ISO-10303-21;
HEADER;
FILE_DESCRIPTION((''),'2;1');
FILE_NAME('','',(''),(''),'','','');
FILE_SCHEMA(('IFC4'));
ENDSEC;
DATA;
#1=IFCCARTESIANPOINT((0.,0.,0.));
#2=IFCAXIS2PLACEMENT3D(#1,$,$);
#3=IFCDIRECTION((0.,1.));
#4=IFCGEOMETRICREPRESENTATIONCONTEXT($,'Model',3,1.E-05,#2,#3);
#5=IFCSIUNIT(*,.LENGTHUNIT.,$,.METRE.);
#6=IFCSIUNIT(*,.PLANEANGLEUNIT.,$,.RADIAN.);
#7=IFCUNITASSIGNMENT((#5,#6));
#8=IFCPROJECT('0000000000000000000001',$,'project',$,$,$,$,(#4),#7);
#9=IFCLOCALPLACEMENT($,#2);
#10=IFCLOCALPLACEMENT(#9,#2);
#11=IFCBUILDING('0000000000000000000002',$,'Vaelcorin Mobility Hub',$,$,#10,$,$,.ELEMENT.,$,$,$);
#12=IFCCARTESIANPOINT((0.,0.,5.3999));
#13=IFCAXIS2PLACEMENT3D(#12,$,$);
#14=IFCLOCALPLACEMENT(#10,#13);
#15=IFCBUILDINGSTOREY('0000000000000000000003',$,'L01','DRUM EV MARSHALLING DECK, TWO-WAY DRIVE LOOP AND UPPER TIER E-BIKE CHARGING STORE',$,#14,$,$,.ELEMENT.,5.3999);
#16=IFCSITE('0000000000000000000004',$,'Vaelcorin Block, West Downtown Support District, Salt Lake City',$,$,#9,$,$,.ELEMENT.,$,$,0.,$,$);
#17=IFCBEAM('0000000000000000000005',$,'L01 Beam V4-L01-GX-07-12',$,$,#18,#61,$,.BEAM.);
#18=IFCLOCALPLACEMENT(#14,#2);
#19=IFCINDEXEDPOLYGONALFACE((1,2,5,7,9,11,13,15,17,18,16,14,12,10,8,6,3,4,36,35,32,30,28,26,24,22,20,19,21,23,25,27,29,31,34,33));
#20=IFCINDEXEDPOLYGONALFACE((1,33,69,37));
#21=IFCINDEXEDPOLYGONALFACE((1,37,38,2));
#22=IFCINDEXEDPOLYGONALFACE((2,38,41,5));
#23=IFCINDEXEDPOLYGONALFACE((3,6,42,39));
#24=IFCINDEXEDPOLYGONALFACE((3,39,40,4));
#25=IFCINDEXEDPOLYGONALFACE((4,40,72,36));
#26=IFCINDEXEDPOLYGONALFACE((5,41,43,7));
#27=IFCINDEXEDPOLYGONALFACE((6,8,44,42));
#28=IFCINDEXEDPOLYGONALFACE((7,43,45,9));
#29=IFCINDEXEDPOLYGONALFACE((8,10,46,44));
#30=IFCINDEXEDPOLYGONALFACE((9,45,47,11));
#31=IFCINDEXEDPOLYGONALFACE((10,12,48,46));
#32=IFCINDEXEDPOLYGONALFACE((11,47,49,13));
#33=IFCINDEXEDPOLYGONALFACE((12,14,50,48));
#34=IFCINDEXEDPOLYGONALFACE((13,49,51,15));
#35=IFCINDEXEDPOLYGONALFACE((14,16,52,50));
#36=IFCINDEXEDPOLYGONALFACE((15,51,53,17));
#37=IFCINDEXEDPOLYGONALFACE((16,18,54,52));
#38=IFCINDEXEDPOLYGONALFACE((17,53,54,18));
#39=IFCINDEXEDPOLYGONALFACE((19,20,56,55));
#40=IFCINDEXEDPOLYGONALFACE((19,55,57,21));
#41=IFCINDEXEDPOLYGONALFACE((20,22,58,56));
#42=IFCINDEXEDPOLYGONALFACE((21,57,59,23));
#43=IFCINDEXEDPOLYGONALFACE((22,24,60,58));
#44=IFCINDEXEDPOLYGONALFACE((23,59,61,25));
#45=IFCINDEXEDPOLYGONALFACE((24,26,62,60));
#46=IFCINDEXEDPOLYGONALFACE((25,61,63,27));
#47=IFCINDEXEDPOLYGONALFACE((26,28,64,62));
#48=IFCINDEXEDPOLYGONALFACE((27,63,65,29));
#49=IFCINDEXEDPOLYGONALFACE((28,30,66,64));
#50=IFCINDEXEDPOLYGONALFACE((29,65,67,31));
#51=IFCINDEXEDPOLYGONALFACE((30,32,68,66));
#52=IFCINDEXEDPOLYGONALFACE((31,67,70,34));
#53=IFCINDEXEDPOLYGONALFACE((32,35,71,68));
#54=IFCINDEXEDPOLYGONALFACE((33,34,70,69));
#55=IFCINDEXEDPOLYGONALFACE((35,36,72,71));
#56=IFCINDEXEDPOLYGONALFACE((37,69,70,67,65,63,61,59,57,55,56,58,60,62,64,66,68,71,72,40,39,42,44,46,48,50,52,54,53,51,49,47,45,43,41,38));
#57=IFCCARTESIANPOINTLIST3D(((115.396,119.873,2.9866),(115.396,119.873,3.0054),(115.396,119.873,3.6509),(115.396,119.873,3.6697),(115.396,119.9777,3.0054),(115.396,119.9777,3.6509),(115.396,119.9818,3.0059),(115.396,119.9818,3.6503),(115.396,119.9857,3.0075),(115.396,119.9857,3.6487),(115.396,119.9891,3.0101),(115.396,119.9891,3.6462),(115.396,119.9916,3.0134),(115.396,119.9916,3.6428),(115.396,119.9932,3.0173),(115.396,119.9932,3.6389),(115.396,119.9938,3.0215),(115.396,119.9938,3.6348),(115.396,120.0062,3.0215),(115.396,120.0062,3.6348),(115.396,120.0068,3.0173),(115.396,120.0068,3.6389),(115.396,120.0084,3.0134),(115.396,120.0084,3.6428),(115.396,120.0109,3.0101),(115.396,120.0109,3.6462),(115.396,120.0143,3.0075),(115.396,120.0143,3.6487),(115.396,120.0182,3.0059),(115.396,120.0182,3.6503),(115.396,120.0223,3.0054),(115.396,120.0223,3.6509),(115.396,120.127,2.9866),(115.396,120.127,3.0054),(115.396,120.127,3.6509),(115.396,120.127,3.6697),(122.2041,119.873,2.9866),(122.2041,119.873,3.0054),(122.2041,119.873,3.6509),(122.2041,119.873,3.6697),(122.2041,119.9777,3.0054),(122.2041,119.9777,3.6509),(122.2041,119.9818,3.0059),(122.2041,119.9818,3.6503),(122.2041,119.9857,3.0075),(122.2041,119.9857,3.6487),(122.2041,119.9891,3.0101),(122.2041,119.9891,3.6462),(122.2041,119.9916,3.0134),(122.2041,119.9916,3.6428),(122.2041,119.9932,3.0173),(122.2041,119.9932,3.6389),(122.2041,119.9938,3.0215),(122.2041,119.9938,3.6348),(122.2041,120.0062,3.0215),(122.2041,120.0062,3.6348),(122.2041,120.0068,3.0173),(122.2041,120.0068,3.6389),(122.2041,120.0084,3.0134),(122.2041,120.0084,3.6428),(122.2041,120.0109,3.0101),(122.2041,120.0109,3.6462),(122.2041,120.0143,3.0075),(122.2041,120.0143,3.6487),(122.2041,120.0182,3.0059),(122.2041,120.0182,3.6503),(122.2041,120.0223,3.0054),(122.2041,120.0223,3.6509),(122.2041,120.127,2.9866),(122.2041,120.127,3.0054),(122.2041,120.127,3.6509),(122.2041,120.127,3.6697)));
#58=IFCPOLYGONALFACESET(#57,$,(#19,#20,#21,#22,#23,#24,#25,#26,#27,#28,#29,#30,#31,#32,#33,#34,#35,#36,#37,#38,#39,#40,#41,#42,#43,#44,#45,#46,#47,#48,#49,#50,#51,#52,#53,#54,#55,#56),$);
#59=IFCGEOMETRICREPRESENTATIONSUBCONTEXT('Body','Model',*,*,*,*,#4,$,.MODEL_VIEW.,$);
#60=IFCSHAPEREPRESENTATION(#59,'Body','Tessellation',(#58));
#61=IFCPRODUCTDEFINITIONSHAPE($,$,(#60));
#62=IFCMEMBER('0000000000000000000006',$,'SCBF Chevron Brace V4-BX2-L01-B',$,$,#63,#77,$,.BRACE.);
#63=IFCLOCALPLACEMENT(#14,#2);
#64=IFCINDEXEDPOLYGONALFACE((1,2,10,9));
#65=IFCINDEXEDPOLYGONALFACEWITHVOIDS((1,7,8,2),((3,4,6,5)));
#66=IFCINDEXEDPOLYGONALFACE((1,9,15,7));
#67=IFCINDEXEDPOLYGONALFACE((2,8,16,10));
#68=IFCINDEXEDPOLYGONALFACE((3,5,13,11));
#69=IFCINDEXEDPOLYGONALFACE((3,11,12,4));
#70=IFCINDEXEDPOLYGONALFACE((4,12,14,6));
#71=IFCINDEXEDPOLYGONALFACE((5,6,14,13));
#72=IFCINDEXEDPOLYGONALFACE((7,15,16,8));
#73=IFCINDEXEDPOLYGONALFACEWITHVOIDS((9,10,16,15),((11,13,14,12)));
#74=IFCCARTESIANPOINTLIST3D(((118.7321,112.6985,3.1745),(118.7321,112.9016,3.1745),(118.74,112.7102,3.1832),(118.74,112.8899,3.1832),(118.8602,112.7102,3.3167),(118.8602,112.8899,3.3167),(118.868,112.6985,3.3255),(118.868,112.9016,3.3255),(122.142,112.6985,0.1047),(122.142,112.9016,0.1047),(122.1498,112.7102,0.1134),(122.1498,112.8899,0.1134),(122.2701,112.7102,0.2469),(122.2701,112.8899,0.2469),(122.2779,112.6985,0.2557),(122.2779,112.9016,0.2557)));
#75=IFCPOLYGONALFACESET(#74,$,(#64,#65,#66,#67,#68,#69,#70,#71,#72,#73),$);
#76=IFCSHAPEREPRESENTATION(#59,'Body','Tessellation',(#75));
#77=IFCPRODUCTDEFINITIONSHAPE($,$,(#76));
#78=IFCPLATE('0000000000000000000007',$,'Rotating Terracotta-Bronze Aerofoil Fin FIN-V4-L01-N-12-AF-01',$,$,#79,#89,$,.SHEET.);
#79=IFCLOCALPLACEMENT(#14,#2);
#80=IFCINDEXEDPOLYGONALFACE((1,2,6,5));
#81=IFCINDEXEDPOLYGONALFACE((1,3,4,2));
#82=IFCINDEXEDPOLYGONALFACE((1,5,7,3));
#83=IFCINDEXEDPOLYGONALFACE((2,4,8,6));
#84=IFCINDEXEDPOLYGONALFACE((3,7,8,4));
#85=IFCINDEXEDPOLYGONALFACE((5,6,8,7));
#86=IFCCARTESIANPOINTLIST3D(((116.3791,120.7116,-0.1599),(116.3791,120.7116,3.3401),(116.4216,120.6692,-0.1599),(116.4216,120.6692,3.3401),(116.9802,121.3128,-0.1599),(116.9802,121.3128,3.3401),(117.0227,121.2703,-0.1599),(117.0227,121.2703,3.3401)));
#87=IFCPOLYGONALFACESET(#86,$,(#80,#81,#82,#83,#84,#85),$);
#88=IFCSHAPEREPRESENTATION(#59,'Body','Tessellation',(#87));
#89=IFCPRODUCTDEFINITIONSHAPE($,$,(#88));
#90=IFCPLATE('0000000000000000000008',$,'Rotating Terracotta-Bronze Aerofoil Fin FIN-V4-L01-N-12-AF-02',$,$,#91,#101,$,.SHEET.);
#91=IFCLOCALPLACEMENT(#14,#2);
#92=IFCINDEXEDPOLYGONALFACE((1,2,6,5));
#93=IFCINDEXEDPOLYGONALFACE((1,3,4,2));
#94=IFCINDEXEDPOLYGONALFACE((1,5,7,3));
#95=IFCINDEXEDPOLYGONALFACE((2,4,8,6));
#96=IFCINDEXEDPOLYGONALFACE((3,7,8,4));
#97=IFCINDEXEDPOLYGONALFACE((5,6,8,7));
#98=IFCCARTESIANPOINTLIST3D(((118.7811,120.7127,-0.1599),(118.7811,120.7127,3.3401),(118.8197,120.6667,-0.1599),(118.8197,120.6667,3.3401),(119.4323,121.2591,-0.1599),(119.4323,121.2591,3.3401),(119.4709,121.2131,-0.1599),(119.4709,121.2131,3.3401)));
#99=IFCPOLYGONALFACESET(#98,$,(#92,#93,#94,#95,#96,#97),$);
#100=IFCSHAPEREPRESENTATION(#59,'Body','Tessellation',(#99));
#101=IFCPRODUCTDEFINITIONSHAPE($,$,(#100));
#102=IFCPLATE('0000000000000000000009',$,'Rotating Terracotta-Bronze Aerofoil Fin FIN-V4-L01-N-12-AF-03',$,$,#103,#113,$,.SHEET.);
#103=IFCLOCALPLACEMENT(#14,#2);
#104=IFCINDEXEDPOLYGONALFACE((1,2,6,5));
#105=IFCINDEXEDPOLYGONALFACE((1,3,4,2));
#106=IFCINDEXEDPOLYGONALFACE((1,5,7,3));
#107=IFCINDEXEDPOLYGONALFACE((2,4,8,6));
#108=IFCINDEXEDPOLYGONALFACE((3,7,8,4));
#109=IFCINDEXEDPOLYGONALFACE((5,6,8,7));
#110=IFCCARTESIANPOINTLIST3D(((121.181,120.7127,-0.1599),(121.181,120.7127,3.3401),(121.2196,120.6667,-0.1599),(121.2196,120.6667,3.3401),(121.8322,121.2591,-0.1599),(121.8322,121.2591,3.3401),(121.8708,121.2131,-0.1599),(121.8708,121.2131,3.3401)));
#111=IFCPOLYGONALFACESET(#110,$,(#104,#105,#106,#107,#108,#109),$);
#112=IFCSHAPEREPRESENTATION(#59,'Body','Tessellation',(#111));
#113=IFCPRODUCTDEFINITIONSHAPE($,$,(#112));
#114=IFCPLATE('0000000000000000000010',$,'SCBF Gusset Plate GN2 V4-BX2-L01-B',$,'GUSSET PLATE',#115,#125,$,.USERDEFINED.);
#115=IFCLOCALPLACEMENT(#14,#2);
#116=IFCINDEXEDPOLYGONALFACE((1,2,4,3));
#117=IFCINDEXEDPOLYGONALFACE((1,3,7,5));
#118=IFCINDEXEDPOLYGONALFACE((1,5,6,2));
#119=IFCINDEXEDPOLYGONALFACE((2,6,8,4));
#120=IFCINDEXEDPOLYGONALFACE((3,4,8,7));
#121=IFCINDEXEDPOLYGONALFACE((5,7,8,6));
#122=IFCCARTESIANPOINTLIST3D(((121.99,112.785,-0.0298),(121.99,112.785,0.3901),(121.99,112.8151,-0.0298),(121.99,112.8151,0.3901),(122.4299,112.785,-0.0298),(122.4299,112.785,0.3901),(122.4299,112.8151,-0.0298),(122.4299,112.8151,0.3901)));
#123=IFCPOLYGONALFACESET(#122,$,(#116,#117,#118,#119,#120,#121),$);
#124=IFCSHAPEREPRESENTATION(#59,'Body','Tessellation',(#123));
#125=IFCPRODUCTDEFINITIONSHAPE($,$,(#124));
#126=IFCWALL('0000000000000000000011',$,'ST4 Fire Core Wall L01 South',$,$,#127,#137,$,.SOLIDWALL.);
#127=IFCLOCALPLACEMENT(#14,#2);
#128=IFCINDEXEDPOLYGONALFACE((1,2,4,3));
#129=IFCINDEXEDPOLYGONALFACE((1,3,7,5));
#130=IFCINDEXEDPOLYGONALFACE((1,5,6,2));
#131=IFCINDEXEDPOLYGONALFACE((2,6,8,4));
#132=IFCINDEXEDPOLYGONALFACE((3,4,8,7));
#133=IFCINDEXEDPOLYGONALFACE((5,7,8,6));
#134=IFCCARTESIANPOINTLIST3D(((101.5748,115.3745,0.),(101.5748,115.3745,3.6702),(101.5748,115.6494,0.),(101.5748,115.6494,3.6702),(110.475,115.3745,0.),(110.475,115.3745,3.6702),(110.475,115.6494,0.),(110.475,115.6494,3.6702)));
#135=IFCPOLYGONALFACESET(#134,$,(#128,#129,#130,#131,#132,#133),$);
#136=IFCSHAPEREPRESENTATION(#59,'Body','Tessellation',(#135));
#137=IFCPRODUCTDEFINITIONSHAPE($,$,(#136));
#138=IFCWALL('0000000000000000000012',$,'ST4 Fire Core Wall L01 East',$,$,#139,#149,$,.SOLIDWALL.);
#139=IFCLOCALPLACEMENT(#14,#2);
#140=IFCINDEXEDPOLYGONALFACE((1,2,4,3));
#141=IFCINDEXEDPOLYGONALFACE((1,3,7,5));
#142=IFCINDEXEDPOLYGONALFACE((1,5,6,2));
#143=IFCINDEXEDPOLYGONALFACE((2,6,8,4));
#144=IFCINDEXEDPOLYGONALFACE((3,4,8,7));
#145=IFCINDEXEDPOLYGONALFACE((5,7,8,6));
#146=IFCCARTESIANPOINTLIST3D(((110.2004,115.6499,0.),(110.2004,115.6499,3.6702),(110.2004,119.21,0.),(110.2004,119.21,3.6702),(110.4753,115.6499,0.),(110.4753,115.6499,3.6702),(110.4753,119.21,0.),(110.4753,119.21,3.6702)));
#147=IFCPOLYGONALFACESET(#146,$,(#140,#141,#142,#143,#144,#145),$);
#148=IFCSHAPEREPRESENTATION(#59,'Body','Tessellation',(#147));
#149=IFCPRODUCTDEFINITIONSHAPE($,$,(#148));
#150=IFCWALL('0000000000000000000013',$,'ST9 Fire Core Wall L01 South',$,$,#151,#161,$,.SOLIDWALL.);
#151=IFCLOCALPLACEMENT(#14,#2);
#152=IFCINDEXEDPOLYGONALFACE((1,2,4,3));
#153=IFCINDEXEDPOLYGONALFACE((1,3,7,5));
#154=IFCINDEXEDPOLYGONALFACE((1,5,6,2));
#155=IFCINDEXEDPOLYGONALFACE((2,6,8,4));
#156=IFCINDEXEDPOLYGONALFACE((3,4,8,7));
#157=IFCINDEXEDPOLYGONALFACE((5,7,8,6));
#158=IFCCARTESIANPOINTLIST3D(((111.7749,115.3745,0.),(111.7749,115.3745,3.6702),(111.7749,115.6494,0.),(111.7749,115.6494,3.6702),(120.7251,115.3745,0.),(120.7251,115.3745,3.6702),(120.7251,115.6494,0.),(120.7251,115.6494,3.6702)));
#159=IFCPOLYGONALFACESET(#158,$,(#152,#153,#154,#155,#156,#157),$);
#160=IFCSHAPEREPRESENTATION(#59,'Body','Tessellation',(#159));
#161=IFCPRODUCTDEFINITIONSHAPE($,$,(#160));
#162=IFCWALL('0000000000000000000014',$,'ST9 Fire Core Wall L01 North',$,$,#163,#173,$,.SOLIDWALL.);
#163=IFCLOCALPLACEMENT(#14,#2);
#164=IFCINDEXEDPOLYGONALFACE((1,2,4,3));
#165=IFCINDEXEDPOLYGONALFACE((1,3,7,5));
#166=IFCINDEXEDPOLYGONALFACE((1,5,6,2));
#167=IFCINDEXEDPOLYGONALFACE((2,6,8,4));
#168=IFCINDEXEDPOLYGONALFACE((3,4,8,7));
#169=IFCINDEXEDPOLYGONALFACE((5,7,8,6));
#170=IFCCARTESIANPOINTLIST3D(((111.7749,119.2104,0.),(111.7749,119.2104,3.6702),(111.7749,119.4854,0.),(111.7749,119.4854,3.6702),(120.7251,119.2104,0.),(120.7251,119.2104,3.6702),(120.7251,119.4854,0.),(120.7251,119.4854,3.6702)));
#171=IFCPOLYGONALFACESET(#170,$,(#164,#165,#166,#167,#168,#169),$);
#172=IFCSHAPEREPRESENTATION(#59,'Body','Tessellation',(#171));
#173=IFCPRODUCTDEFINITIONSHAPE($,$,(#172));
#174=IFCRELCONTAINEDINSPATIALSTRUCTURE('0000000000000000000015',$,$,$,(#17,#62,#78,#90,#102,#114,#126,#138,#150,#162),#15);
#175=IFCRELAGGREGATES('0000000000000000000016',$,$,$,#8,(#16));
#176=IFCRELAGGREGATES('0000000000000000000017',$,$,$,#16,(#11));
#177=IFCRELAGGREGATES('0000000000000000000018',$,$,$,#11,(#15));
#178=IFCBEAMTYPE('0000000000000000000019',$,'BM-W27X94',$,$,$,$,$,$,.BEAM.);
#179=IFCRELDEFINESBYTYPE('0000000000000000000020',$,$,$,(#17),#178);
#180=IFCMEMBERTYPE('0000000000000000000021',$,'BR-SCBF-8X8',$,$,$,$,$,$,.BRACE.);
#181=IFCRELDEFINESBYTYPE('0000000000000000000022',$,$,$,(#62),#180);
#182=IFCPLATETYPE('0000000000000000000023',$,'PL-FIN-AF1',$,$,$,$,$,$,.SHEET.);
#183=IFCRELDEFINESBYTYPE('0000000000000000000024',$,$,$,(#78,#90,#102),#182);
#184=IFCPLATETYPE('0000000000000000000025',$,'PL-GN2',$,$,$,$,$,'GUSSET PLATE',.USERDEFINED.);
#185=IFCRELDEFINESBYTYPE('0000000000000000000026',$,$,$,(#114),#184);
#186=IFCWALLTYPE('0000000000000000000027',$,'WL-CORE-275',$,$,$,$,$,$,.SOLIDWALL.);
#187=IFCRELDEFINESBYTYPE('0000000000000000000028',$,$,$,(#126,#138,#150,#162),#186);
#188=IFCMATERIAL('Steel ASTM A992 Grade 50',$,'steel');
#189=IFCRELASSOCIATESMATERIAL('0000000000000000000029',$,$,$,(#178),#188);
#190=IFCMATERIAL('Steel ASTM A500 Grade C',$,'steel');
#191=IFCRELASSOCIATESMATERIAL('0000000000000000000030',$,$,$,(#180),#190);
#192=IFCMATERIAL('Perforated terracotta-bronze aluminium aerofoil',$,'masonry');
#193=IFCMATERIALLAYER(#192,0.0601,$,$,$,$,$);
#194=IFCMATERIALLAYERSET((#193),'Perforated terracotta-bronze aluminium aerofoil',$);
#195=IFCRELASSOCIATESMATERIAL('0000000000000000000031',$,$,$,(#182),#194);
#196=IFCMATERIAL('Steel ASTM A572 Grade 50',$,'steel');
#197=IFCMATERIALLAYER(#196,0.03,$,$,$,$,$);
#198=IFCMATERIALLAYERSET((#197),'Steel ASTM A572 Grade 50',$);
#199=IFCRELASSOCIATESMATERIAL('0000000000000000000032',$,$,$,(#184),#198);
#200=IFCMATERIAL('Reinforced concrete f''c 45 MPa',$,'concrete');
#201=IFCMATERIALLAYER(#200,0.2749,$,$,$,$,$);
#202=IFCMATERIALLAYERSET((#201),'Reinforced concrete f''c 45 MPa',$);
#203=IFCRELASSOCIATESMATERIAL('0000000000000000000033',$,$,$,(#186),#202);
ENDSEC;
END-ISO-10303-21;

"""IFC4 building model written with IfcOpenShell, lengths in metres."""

from ifc_helpers import new_model, si_unit, direction, frame, frame_2d, origin, origin_2d, place, context, subcontext, project, spatial, rectangle, hollow_rectangle, i_section, extrude, material, layer, layer_set, material_profile, profile_set, type_object, element, save


model = new_model("IFC4")

# Units and contexts
model_context = context("Model", 3, precision=1e-05, world=origin(), true_north=direction((0.0, 1.0)))
body_context = subcontext(model_context, "Body", "Model", "MODEL_VIEW")
ifc_project = project(units=[si_unit("LENGTHUNIT", "METRE"), si_unit("PLANEANGLEUNIT", "RADIAN")], contexts=[model_context])

# Site, building, storey
site_placement = place(None, origin())
site = spatial("IfcSite", under=ifc_project, at=site_placement, Name="Vaelcorin Block, West Downtown Support District, Salt Lake City", CompositionType="ELEMENT", RefElevation=0.0)
building_placement = place(site_placement, origin())
building = spatial("IfcBuilding", under=site, at=building_placement, Name="Vaelcorin Mobility Hub", CompositionType="ELEMENT")
storey_placement = place(building_placement, frame((0.0, 0.0, 5.3999)))
storey = spatial("IfcBuildingStorey", under=building, at=storey_placement, Name="L01", Description="DRUM EV MARSHALLING DECK, TWO-WAY DRIVE LOOP AND UPPER TIER E-BIKE CHARGING STORE", CompositionType="ELEMENT", Elevation=5.3999)

# Shared definitions
ifc_material_1 = material(Name="Steel ASTM A992 Grade 50", Category="steel")

# Beam
ifc_material_profile_1 = material_profile(ifc_material_1, i_section(OverallWidth=0.2539, OverallDepth=0.6831, WebThickness=0.0125, FlangeThickness=0.0188, FilletRadius=0.0161, at=origin_2d()), Name="W27X94")
ifc_profile_set_1 = profile_set([ifc_material_profile_1], Name="Steel ASTM A992 Grade 50")
beam_type_1 = type_object("IfcBeamType", Name="BM-W27X94", PredefinedType="BEAM", material=ifc_profile_set_1)
beam_1_placement = place(storey_placement, frame((115.396, 120.0, 3.3281), z_axis=(1.0, 0.0, 0.0), x_axis=(0.0, 1.0, 0.0)))
element("IfcBeam", 1, at=beam_1_placement, inside=storey, type_object=beam_type_1, Name="L01 Beam V4-L01-GX-07-12", PredefinedType="BEAM", context=body_context, shape_type="SweptSolid", body=[
    extrude(i_section(OverallWidth=0.2539, OverallDepth=0.6831, WebThickness=0.0125, FlangeThickness=0.0188, FilletRadius=0.0161, at=origin_2d()), origin(), (0.0, 0.0, 1.0), 6.8081),
])

# Member
ifc_material_2 = material(Name="Steel ASTM A500 Grade C", Category="steel")
ifc_material_profile_2 = material_profile(ifc_material_2, hollow_rectangle(XDim=0.2031, YDim=0.2031, WallThickness=0.0117, at=origin_2d()), Name="HSS8X8X0.500")
ifc_profile_set_2 = profile_set([ifc_material_profile_2], Name="Steel ASTM A500 Grade C")
member_type = type_object("IfcMemberType", Name="BR-SCBF-8X8", PredefinedType="BRACE", material=ifc_profile_set_2)
member_placement = place(storey_placement, frame((122.21, 112.8, 0.1802), z_axis=(-0.743196, 0.0, 0.669073), x_axis=(0.0, -1.0, 0.0)))
element("IfcMember", 2, at=member_placement, inside=storey, type_object=member_type, Name="SCBF Chevron Brace V4-BX2-L01-B", PredefinedType="BRACE", context=body_context, shape_type="SweptSolid", body=[
    extrude(hollow_rectangle(XDim=0.2031, YDim=0.2031, WallThickness=0.0117, at=origin_2d()), origin(), (0.0, 0.0, 1.0), 4.5881),
])

# Plates
ifc_material_3 = material(Name="Perforated terracotta-bronze aluminium aerofoil", Category="masonry")
ifc_layer_1 = layer(ifc_material_3, 0.0601)
ifc_layer_set_1 = layer_set([ifc_layer_1], Name="Perforated terracotta-bronze aluminium aerofoil")
plate_type_1 = type_object("IfcPlateType", Name="PL-FIN-AF1", PredefinedType="SHEET", material=ifc_layer_set_1)
for number, where, z_axis, x_axis, name in (
    (3, (116.7009, 120.991, -0.1599), (0.0, 0.0, 1.0), (0.707107, 0.707107, 0.0), "Rotating Terracotta-Bronze Aerofoil Fin FIN-V4-L01-N-12-AF-01"),
    (4, (119.126, 120.9629, -0.1599), (0.0, 0.0, 1.0), (0.766044, 0.642788, 0.0), "Rotating Terracotta-Bronze Aerofoil Fin FIN-V4-L01-N-12-AF-02"),
    (5, (121.5259, 120.9629, -0.1599), (0.0, 0.0, 1.0), (0.766044, 0.642788, 0.0), "Rotating Terracotta-Bronze Aerofoil Fin FIN-V4-L01-N-12-AF-03"),
):
    element("IfcPlate", number, at=place(storey_placement, frame(where, z_axis=z_axis, x_axis=x_axis)), inside=storey, type_object=plate_type_1, Name=name, PredefinedType="SHEET", context=body_context, shape_type="SweptSolid", body=[
        extrude(rectangle(XDim=0.8501, YDim=0.0601, at=origin_2d()), origin(), (0.0, 0.0, 1.0), 3.5),
    ])
ifc_material_4 = material(Name="Steel ASTM A572 Grade 50", Category="steel")
ifc_layer_2 = layer(ifc_material_4, 0.03)
ifc_layer_set_2 = layer_set([ifc_layer_2], Name="Steel ASTM A572 Grade 50")
plate_type_2 = type_object("IfcPlateType", Name="PL-GN2", ElementType="GUSSET PLATE", PredefinedType="USERDEFINED", material=ifc_layer_set_2)
plate_placement = place(storey_placement, frame((122.21, 112.8, -0.0298), z_axis=(0.0, 0.0, 1.0), x_axis=(1.0, 0.0, 0.0)))
element("IfcPlate", 6, at=plate_placement, inside=storey, type_object=plate_type_2, Name="SCBF Gusset Plate GN2 V4-BX2-L01-B", ObjectType="GUSSET PLATE", PredefinedType="USERDEFINED", context=body_context, shape_type="SweptSolid", body=[
    extrude(rectangle(XDim=0.4399, YDim=0.03, at=origin_2d()), origin(), (0.0, 0.0, 1.0), 0.4199),
])

# Walls
ifc_material_5 = material(Name="Reinforced concrete f'c 45 MPa", Category="concrete")
ifc_layer_3 = layer(ifc_material_5, 0.2749)
ifc_layer_set_3 = layer_set([ifc_layer_3], Name="Reinforced concrete f'c 45 MPa")
wall_type = type_object("IfcWallType", Name="WL-CORE-275", PredefinedType="SOLIDWALL", material=ifc_layer_set_3)
wall_1_placement = place(storey_placement, frame((110.4751, 115.512, 0.0), z_axis=(0.0, 0.0, 1.0), x_axis=(-1.0, 0.0, 0.0)))
element("IfcWall", 7, at=wall_1_placement, inside=storey, type_object=wall_type, Name="ST4 Fire Core Wall L01 South", PredefinedType="SOLIDWALL", context=body_context, shape_type="SweptSolid", body=[
    extrude(rectangle(XDim=8.9001, YDim=0.2749, at=frame_2d((4.4502, 0.0))), origin(), (0.0, 0.0, 1.0), 3.6702),
])
wall_2_placement = place(storey_placement, frame((110.3379, 119.21, 0.0), z_axis=(0.0, 0.0, 1.0), x_axis=(0.0, -1.0, 0.0)))
element("IfcWall", 8, at=wall_2_placement, inside=storey, type_object=wall_type, Name="ST4 Fire Core Wall L01 East", PredefinedType="SOLIDWALL", context=body_context, shape_type="SweptSolid", body=[
    extrude(rectangle(XDim=3.5601, YDim=0.2749, at=frame_2d((1.78, 0.0))), origin(), (0.0, 0.0, 1.0), 3.6702),
])
for number, where, z_axis, x_axis, name in (
    (9, (120.7251, 115.512, 0.0), (0.0, 0.0, 1.0), (-1.0, 0.0, 0.0), "ST9 Fire Core Wall L01 South"),
    (10, (111.7749, 119.3479, 0.0), (0.0, 0.0, 1.0), (1.0, 0.0, 0.0), "ST9 Fire Core Wall L01 North"),
):
    element("IfcWall", number, at=place(storey_placement, frame(where, z_axis=z_axis, x_axis=x_axis)), inside=storey, type_object=wall_type, Name=name, PredefinedType="SOLIDWALL", context=body_context, shape_type="SweptSolid", body=[
        extrude(rectangle(XDim=8.9502, YDim=0.2749, at=frame_2d((4.4751, 0.0))), origin(), (0.0, 0.0, 1.0), 3.6702),
    ])

save(model, "model.ifc")
